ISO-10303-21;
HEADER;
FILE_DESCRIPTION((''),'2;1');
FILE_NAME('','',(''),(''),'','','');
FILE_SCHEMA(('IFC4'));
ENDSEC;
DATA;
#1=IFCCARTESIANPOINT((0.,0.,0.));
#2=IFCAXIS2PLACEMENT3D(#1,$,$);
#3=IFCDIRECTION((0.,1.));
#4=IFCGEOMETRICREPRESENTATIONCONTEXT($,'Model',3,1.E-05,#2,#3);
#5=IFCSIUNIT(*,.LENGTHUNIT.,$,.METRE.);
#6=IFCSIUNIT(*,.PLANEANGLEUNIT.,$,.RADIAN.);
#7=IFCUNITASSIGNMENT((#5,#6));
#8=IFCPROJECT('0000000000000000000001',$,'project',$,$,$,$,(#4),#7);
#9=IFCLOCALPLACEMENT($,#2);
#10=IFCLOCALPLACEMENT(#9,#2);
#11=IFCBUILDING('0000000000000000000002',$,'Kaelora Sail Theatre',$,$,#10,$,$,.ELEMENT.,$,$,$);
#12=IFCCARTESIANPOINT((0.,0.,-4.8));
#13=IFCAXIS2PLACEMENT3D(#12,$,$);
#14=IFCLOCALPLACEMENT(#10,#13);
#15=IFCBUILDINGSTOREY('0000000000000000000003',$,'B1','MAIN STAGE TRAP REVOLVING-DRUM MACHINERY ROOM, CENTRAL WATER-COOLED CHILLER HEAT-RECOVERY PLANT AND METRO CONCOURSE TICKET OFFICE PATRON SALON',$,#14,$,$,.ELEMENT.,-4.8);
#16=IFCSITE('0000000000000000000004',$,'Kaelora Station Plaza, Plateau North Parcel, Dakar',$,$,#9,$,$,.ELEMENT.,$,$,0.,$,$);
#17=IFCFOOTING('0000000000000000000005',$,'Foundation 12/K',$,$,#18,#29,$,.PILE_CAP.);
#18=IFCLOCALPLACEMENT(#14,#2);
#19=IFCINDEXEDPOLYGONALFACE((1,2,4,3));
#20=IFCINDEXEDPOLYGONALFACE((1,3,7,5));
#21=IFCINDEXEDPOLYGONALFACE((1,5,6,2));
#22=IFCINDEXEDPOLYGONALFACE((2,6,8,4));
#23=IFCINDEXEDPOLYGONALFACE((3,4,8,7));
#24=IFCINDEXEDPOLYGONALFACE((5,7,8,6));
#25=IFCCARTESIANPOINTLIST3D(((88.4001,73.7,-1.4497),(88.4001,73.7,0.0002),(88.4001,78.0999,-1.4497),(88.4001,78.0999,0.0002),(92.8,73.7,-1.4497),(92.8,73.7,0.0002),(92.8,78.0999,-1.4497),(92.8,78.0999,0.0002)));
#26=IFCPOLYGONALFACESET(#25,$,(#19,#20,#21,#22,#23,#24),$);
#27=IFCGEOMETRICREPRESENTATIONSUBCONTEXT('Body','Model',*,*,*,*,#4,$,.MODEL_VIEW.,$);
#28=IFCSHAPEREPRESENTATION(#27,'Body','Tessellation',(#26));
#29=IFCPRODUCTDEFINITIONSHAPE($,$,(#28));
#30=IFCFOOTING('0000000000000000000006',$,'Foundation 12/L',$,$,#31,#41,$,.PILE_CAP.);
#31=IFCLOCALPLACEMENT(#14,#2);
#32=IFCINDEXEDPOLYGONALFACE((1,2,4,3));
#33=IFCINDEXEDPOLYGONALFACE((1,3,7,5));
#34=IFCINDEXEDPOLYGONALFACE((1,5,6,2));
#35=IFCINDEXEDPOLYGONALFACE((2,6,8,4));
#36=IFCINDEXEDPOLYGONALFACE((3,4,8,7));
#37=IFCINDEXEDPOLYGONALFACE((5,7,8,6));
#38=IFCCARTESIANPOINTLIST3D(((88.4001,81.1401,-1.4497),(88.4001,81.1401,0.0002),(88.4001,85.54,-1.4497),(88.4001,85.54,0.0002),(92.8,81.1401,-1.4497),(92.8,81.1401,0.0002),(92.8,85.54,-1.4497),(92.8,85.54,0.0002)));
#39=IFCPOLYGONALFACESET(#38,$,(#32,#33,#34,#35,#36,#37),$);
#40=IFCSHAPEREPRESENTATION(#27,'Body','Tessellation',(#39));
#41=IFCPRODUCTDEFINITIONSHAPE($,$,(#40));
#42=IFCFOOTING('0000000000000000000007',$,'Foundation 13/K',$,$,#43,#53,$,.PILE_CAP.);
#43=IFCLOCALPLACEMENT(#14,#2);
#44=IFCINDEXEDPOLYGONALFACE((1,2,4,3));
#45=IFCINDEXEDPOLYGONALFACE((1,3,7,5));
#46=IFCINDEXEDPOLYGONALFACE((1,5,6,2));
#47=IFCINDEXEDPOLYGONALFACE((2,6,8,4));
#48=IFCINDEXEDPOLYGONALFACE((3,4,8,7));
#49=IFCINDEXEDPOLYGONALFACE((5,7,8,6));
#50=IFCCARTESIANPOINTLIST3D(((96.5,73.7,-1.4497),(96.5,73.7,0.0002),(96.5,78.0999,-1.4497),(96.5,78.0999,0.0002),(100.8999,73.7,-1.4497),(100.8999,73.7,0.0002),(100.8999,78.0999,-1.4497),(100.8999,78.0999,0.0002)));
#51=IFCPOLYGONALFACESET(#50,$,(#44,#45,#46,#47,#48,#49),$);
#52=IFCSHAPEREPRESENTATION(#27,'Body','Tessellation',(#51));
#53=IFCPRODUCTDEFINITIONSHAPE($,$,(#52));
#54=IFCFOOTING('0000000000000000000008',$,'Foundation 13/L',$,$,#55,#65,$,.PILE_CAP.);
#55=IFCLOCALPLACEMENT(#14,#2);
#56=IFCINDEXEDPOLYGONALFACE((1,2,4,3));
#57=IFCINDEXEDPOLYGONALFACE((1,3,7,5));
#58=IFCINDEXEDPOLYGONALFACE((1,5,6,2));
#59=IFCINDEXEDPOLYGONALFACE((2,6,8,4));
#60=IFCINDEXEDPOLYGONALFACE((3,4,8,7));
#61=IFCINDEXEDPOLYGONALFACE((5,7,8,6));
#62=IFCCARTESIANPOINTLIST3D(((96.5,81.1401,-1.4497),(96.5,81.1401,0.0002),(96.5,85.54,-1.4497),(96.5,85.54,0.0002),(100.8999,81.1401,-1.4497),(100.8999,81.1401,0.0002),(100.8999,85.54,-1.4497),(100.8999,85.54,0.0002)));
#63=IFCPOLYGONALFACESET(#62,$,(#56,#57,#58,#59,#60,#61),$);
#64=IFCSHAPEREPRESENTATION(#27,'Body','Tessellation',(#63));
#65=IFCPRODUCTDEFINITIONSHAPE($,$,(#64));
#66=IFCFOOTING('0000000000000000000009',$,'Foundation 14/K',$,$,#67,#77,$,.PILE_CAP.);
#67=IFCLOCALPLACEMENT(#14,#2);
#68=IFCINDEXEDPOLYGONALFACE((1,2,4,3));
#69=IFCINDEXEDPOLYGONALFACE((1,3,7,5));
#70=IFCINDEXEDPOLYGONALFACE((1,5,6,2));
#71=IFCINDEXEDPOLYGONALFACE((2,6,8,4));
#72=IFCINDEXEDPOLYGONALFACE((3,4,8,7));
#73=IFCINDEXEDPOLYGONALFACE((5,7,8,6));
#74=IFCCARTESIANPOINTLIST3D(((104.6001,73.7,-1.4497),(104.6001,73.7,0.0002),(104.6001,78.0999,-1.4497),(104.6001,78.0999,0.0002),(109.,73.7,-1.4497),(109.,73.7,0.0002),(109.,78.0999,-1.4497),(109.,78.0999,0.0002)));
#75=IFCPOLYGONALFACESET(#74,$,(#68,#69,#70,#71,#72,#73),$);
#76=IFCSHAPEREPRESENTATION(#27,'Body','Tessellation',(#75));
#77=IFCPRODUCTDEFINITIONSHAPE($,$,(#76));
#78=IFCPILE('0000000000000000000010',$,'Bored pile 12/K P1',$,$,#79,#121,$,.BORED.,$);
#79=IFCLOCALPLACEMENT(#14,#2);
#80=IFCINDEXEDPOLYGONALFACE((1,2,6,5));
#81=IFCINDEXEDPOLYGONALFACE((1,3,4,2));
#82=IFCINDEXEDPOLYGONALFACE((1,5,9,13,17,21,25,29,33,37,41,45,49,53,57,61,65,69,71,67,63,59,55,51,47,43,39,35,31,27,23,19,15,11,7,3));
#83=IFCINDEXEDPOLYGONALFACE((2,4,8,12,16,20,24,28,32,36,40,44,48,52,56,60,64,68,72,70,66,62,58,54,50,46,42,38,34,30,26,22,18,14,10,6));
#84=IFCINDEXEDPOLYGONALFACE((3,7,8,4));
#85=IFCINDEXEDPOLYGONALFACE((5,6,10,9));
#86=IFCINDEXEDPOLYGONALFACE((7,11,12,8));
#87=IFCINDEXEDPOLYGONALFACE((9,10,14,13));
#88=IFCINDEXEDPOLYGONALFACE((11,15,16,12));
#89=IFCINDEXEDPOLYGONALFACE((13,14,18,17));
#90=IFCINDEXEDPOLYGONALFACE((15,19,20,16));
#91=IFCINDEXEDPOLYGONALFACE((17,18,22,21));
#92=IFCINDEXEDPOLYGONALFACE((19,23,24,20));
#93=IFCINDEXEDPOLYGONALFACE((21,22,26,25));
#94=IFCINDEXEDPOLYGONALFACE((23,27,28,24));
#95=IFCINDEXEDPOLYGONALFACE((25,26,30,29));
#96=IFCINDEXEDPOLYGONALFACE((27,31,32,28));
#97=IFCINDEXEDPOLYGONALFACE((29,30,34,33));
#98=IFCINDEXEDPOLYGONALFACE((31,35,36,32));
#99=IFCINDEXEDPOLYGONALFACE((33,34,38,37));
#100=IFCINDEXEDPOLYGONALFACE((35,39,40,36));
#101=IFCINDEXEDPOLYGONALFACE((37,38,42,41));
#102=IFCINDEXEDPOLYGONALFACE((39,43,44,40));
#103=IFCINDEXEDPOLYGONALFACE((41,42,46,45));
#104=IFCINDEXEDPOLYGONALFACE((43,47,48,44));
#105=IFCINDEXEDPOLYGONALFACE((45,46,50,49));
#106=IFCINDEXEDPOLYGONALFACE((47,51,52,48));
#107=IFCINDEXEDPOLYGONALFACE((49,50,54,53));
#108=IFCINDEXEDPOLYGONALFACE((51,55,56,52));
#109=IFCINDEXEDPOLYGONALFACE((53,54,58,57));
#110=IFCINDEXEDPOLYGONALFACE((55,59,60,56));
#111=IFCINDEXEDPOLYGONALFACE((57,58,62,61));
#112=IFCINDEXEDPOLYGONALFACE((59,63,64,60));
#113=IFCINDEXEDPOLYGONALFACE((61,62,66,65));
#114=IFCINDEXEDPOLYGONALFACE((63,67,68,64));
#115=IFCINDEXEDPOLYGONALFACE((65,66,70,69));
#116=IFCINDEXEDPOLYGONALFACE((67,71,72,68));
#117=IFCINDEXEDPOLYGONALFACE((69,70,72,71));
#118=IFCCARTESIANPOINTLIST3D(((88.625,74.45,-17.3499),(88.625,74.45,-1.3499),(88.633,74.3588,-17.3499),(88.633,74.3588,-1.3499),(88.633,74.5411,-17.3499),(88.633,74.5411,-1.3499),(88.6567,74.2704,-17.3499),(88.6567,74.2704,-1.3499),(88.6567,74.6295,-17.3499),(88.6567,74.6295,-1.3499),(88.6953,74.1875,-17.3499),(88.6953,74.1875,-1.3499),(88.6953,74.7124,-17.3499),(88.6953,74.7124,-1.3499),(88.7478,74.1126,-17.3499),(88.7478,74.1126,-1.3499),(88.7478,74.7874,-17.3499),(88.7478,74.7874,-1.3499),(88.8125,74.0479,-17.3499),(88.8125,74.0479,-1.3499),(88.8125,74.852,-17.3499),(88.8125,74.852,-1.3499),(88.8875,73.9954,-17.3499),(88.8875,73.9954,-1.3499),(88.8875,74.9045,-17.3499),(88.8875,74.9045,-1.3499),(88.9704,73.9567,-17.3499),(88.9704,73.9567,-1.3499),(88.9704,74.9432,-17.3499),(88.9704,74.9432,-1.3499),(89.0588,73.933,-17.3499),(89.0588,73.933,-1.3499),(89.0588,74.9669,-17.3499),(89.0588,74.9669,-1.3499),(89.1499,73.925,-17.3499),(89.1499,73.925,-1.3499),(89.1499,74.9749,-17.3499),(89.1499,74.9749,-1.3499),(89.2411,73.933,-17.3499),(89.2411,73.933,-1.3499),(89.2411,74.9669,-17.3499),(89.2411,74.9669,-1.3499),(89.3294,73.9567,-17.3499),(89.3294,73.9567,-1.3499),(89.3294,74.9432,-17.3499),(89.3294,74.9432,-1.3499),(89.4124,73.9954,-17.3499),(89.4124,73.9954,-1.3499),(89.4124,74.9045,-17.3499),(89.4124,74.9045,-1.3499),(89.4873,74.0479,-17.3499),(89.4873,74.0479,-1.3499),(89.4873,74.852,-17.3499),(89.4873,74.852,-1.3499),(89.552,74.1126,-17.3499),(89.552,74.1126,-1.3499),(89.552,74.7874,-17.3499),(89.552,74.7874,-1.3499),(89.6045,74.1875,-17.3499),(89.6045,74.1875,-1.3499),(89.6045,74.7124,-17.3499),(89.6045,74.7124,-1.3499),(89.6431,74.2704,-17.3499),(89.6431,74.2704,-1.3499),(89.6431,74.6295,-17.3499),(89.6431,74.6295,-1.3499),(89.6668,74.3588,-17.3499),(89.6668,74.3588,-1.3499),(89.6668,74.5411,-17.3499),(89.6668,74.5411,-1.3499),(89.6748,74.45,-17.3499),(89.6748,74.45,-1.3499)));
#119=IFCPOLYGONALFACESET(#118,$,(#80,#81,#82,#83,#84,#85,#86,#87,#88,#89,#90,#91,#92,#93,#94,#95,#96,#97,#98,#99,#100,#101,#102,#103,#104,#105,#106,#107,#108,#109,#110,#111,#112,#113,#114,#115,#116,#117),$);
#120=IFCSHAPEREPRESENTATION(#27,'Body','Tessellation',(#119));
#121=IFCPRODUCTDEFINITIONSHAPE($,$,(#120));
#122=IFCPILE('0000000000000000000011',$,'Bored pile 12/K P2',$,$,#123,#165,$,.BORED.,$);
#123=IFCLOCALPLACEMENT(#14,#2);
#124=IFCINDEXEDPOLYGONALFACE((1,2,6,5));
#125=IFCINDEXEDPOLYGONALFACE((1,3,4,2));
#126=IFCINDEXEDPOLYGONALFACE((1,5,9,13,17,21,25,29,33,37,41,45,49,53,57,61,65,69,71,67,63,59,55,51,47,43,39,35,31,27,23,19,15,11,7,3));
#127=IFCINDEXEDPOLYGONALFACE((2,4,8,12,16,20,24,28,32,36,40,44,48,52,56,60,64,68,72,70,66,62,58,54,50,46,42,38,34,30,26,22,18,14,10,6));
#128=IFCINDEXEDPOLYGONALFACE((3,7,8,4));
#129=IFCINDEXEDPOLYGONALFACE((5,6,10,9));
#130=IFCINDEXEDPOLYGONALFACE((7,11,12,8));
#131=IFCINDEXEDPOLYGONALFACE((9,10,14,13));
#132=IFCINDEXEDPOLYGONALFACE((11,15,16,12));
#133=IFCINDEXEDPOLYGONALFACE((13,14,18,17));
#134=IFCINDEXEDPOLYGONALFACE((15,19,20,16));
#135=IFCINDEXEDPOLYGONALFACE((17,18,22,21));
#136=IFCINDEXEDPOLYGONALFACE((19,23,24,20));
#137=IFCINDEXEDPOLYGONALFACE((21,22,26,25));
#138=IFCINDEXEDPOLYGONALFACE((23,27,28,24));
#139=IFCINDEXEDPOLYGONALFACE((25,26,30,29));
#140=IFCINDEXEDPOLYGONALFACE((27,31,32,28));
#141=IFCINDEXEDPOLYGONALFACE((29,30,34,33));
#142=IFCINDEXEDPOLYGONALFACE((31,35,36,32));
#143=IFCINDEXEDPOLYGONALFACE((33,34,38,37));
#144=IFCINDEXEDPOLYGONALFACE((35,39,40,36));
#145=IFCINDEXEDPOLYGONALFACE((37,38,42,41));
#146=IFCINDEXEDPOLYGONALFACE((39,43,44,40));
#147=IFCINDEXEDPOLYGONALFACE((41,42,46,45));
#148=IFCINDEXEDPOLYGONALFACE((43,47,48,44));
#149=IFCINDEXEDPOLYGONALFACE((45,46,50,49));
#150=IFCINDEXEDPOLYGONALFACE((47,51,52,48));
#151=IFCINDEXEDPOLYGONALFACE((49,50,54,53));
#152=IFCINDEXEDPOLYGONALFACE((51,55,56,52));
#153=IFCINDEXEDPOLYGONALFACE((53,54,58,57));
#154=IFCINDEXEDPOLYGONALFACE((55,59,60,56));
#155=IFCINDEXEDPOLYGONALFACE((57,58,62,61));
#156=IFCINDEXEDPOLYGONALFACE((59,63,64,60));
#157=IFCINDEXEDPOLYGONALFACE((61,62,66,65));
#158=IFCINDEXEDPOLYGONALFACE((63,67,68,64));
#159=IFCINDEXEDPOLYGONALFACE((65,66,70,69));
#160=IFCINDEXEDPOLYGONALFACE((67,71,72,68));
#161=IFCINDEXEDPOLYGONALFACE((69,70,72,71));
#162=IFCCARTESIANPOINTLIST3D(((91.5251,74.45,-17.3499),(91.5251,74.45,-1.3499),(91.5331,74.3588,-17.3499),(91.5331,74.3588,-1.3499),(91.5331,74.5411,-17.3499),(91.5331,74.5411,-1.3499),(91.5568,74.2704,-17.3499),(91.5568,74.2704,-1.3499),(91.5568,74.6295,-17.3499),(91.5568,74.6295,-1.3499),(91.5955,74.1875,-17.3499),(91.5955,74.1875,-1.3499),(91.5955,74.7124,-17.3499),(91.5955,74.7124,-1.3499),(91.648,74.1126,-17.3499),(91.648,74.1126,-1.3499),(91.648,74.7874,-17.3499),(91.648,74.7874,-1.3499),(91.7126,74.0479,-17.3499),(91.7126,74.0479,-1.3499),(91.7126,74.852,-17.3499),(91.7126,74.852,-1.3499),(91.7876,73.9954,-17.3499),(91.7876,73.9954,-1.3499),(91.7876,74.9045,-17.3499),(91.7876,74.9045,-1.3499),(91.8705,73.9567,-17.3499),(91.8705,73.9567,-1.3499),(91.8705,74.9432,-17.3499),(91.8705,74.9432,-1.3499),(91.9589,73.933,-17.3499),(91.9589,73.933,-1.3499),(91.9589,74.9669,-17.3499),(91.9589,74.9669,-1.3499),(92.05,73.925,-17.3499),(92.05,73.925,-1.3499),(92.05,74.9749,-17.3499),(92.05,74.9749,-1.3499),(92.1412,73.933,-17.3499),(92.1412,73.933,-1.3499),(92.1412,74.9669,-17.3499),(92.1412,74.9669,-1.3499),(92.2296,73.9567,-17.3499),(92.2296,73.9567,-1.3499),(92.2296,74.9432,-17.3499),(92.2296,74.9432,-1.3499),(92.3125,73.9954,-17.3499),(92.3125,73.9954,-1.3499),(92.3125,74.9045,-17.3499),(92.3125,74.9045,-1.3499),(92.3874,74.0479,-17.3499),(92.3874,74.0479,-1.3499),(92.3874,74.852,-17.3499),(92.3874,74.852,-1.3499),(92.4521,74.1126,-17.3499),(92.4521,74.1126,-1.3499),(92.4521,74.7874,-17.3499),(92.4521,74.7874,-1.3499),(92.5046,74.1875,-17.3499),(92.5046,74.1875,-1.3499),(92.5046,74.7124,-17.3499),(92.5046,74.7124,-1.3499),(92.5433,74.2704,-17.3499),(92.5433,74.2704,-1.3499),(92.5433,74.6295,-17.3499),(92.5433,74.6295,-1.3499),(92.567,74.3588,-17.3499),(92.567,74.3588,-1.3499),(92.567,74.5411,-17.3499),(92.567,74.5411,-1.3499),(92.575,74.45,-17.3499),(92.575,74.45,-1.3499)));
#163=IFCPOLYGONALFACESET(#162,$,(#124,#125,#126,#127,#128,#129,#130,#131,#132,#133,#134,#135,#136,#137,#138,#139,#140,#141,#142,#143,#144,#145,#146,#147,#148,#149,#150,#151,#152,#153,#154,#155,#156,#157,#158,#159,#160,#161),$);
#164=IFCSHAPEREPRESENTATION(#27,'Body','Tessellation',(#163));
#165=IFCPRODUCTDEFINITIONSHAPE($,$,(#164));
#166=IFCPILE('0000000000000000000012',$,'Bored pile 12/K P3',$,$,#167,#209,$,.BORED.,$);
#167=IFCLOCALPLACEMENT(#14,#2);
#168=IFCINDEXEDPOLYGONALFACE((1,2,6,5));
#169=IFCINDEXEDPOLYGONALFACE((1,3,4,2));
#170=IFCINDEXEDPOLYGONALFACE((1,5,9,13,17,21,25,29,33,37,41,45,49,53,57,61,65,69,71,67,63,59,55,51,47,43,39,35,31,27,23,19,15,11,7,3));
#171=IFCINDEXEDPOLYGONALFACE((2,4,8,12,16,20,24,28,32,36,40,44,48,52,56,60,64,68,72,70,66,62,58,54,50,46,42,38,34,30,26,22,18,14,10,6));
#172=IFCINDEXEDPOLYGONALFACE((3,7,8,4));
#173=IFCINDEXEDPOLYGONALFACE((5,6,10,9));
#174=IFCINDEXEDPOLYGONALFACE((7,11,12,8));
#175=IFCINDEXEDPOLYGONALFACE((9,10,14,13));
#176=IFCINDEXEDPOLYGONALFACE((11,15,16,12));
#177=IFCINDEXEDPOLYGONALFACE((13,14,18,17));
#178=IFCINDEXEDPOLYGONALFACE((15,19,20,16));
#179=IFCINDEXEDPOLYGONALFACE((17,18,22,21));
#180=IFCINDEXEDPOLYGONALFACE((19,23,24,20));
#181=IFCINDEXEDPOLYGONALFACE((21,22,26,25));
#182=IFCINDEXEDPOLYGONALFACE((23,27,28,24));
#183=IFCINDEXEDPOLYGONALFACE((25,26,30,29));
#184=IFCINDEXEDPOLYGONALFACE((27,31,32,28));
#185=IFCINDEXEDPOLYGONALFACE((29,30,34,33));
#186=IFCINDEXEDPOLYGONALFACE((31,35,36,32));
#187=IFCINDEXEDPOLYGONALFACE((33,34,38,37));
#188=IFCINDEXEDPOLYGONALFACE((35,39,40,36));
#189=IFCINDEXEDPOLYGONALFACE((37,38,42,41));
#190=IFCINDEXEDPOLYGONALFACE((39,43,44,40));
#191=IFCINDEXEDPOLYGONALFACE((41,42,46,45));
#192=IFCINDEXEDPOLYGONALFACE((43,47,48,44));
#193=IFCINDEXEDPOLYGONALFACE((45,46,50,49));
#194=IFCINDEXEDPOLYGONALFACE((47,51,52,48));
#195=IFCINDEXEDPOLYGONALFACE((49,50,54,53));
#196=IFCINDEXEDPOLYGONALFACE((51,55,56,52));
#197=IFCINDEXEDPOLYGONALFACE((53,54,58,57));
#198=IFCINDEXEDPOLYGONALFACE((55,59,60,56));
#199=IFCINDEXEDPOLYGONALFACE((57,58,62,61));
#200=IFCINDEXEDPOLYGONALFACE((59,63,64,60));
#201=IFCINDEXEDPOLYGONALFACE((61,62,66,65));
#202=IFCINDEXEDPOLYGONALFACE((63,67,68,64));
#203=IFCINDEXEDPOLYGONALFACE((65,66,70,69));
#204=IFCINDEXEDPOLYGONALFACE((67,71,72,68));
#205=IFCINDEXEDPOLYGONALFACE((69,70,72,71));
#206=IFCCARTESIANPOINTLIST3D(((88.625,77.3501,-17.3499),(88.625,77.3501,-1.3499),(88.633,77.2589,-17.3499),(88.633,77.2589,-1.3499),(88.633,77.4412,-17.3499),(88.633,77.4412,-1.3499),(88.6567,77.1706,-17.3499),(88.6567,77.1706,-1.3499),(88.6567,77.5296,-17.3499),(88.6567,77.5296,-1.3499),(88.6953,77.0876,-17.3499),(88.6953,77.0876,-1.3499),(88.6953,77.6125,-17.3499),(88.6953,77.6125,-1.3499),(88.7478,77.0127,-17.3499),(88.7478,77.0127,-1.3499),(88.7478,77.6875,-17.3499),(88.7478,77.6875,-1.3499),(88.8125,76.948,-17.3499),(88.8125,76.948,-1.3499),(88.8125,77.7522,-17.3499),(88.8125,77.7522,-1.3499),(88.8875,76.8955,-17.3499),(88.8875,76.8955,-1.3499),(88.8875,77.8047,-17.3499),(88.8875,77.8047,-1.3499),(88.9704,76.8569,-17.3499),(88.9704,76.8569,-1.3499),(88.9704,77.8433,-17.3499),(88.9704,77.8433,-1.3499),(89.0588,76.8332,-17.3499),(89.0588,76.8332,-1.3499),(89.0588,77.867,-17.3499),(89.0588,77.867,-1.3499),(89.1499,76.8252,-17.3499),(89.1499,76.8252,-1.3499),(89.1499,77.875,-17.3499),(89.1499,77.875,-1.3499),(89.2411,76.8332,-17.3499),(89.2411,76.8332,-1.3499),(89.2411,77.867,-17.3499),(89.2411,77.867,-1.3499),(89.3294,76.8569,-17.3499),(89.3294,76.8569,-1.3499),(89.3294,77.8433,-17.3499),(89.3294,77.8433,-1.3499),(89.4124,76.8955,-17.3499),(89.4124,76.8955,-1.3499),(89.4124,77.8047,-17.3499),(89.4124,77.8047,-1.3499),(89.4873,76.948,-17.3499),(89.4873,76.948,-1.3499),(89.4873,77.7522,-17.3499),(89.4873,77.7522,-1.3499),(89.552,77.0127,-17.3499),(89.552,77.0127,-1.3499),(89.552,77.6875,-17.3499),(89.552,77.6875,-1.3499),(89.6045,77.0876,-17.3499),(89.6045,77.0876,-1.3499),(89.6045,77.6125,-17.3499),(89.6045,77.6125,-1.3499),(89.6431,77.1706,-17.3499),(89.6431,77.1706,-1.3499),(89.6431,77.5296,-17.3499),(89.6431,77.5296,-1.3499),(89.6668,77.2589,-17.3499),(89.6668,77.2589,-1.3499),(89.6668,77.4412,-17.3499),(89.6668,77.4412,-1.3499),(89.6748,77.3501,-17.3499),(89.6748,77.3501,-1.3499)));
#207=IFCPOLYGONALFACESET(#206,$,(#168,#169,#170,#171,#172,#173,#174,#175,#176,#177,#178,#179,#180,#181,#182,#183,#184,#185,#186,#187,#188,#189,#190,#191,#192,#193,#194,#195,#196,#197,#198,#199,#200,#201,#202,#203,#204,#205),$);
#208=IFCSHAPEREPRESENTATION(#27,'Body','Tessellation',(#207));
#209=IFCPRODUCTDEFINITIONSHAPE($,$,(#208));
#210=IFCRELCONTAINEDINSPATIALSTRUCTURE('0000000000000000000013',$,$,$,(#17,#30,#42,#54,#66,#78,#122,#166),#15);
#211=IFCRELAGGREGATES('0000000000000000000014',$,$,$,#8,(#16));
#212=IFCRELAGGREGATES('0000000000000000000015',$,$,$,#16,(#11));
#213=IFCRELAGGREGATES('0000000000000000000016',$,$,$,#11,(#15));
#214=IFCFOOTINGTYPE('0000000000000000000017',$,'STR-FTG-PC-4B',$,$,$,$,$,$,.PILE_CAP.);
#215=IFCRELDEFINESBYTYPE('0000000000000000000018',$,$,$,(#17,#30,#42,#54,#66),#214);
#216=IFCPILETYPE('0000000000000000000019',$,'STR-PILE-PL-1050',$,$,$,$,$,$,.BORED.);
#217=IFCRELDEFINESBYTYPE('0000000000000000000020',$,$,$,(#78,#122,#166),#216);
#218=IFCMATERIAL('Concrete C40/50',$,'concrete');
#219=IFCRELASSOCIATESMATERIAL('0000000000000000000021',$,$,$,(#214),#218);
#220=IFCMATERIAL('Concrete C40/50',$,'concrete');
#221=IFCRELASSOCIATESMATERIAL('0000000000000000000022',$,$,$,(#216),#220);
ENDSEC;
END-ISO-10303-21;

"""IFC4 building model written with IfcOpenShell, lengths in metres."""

from ifc_helpers import new_model, si_unit, direction, frame, origin, origin_2d, place, context, subcontext, project, spatial, rectangle, circle, extrude, material, material_profile, profile_set, type_object, element, save


model = new_model("IFC4")

# Units and contexts
model_context = context("Model", 3, precision=1e-05, world=origin(), true_north=direction((0.0, 1.0)))
body_context = subcontext(model_context, "Body", "Model", "MODEL_VIEW")
ifc_project = project(units=[si_unit("LENGTHUNIT", "METRE"), si_unit("PLANEANGLEUNIT", "RADIAN")], contexts=[model_context])

# Site, building, storey
site_placement = place(None, origin())
site = spatial("IfcSite", under=ifc_project, at=site_placement, Name="Kaelora Station Plaza, Plateau North Parcel, Dakar", CompositionType="ELEMENT", RefElevation=0.0)
building_placement = place(site_placement, origin())
building = spatial("IfcBuilding", under=site, at=building_placement, Name="Kaelora Sail Theatre", CompositionType="ELEMENT")
storey_placement = place(building_placement, frame((0.0, 0.0, -4.8)))
storey = spatial("IfcBuildingStorey", under=building, at=storey_placement, Name="B1", Description="MAIN STAGE TRAP REVOLVING-DRUM MACHINERY ROOM, CENTRAL WATER-COOLED CHILLER HEAT-RECOVERY PLANT AND METRO CONCOURSE TICKET OFFICE PATRON SALON", CompositionType="ELEMENT", Elevation=-4.8)

# Footings
ifc_material_1 = material(Name="Concrete C40/50", Category="concrete")
footing_type = type_object("IfcFootingType", Name="STR-FTG-PC-4B", PredefinedType="PILE_CAP", material=ifc_material_1)
for number, where, z_axis, x_axis, name in (
    (1, (90.6001, 75.8999, -1.4497), (0.0, 0.0, 1.0), (1.0, 0.0, 0.0), "Foundation 12/K"),
    (2, (90.6001, 83.3401, -1.4497), (0.0, 0.0, 1.0), (1.0, 0.0, 0.0), "Foundation 12/L"),
    (3, (98.7, 75.8999, -1.4497), (0.0, 0.0, 1.0), (1.0, 0.0, 0.0), "Foundation 13/K"),
    (4, (98.7, 83.3401, -1.4497), (0.0, 0.0, 1.0), (1.0, 0.0, 0.0), "Foundation 13/L"),
    (5, (106.8, 75.8999, -1.4497), (0.0, 0.0, 1.0), (1.0, 0.0, 0.0), "Foundation 14/K"),
):
    element("IfcFooting", number, at=place(storey_placement, frame(where, z_axis=z_axis, x_axis=x_axis)), inside=storey, type_object=footing_type, Name=name, PredefinedType="PILE_CAP", context=body_context, shape_type="SweptSolid", body=[
        extrude(rectangle(XDim=4.3999, YDim=4.3999, at=origin_2d()), origin(), (0.0, 0.0, 1.0), 1.45),
    ])

# Piles
ifc_material_2 = material(Name="Concrete C40/50", Category="concrete")
ifc_material_profile_1 = material_profile(ifc_material_2, circle(Radius=0.5249, at=origin_2d()), Name="PILE D1050")
ifc_profile_set_1 = profile_set([ifc_material_profile_1], Name="Concrete C40/50")
pile_type = type_object("IfcPileType", Name="STR-PILE-PL-1050", PredefinedType="BORED", material=ifc_profile_set_1)
for number, where, z_axis, x_axis, name in (
    (6, (89.1499, 74.45, -1.3499), (0.0, 0.0, -1.0), (1.0, 0.0, 0.0), "Bored pile 12/K P1"),
    (7, (92.05, 74.45, -1.3499), (0.0, 0.0, -1.0), (1.0, 0.0, 0.0), "Bored pile 12/K P2"),
    (8, (89.1499, 77.3501, -1.3499), (0.0, 0.0, -1.0), (1.0, 0.0, 0.0), "Bored pile 12/K P3"),
):
    element("IfcPile", number, at=place(storey_placement, frame(where, z_axis=z_axis, x_axis=x_axis)), inside=storey, type_object=pile_type, Name=name, PredefinedType="BORED", context=body_context, shape_type="SweptSolid", body=[
        extrude(circle(Radius=0.5249, at=origin_2d()), origin(), (0.0, 0.0, 1.0), 16.0),
    ])

save(model, "model.ifc")
